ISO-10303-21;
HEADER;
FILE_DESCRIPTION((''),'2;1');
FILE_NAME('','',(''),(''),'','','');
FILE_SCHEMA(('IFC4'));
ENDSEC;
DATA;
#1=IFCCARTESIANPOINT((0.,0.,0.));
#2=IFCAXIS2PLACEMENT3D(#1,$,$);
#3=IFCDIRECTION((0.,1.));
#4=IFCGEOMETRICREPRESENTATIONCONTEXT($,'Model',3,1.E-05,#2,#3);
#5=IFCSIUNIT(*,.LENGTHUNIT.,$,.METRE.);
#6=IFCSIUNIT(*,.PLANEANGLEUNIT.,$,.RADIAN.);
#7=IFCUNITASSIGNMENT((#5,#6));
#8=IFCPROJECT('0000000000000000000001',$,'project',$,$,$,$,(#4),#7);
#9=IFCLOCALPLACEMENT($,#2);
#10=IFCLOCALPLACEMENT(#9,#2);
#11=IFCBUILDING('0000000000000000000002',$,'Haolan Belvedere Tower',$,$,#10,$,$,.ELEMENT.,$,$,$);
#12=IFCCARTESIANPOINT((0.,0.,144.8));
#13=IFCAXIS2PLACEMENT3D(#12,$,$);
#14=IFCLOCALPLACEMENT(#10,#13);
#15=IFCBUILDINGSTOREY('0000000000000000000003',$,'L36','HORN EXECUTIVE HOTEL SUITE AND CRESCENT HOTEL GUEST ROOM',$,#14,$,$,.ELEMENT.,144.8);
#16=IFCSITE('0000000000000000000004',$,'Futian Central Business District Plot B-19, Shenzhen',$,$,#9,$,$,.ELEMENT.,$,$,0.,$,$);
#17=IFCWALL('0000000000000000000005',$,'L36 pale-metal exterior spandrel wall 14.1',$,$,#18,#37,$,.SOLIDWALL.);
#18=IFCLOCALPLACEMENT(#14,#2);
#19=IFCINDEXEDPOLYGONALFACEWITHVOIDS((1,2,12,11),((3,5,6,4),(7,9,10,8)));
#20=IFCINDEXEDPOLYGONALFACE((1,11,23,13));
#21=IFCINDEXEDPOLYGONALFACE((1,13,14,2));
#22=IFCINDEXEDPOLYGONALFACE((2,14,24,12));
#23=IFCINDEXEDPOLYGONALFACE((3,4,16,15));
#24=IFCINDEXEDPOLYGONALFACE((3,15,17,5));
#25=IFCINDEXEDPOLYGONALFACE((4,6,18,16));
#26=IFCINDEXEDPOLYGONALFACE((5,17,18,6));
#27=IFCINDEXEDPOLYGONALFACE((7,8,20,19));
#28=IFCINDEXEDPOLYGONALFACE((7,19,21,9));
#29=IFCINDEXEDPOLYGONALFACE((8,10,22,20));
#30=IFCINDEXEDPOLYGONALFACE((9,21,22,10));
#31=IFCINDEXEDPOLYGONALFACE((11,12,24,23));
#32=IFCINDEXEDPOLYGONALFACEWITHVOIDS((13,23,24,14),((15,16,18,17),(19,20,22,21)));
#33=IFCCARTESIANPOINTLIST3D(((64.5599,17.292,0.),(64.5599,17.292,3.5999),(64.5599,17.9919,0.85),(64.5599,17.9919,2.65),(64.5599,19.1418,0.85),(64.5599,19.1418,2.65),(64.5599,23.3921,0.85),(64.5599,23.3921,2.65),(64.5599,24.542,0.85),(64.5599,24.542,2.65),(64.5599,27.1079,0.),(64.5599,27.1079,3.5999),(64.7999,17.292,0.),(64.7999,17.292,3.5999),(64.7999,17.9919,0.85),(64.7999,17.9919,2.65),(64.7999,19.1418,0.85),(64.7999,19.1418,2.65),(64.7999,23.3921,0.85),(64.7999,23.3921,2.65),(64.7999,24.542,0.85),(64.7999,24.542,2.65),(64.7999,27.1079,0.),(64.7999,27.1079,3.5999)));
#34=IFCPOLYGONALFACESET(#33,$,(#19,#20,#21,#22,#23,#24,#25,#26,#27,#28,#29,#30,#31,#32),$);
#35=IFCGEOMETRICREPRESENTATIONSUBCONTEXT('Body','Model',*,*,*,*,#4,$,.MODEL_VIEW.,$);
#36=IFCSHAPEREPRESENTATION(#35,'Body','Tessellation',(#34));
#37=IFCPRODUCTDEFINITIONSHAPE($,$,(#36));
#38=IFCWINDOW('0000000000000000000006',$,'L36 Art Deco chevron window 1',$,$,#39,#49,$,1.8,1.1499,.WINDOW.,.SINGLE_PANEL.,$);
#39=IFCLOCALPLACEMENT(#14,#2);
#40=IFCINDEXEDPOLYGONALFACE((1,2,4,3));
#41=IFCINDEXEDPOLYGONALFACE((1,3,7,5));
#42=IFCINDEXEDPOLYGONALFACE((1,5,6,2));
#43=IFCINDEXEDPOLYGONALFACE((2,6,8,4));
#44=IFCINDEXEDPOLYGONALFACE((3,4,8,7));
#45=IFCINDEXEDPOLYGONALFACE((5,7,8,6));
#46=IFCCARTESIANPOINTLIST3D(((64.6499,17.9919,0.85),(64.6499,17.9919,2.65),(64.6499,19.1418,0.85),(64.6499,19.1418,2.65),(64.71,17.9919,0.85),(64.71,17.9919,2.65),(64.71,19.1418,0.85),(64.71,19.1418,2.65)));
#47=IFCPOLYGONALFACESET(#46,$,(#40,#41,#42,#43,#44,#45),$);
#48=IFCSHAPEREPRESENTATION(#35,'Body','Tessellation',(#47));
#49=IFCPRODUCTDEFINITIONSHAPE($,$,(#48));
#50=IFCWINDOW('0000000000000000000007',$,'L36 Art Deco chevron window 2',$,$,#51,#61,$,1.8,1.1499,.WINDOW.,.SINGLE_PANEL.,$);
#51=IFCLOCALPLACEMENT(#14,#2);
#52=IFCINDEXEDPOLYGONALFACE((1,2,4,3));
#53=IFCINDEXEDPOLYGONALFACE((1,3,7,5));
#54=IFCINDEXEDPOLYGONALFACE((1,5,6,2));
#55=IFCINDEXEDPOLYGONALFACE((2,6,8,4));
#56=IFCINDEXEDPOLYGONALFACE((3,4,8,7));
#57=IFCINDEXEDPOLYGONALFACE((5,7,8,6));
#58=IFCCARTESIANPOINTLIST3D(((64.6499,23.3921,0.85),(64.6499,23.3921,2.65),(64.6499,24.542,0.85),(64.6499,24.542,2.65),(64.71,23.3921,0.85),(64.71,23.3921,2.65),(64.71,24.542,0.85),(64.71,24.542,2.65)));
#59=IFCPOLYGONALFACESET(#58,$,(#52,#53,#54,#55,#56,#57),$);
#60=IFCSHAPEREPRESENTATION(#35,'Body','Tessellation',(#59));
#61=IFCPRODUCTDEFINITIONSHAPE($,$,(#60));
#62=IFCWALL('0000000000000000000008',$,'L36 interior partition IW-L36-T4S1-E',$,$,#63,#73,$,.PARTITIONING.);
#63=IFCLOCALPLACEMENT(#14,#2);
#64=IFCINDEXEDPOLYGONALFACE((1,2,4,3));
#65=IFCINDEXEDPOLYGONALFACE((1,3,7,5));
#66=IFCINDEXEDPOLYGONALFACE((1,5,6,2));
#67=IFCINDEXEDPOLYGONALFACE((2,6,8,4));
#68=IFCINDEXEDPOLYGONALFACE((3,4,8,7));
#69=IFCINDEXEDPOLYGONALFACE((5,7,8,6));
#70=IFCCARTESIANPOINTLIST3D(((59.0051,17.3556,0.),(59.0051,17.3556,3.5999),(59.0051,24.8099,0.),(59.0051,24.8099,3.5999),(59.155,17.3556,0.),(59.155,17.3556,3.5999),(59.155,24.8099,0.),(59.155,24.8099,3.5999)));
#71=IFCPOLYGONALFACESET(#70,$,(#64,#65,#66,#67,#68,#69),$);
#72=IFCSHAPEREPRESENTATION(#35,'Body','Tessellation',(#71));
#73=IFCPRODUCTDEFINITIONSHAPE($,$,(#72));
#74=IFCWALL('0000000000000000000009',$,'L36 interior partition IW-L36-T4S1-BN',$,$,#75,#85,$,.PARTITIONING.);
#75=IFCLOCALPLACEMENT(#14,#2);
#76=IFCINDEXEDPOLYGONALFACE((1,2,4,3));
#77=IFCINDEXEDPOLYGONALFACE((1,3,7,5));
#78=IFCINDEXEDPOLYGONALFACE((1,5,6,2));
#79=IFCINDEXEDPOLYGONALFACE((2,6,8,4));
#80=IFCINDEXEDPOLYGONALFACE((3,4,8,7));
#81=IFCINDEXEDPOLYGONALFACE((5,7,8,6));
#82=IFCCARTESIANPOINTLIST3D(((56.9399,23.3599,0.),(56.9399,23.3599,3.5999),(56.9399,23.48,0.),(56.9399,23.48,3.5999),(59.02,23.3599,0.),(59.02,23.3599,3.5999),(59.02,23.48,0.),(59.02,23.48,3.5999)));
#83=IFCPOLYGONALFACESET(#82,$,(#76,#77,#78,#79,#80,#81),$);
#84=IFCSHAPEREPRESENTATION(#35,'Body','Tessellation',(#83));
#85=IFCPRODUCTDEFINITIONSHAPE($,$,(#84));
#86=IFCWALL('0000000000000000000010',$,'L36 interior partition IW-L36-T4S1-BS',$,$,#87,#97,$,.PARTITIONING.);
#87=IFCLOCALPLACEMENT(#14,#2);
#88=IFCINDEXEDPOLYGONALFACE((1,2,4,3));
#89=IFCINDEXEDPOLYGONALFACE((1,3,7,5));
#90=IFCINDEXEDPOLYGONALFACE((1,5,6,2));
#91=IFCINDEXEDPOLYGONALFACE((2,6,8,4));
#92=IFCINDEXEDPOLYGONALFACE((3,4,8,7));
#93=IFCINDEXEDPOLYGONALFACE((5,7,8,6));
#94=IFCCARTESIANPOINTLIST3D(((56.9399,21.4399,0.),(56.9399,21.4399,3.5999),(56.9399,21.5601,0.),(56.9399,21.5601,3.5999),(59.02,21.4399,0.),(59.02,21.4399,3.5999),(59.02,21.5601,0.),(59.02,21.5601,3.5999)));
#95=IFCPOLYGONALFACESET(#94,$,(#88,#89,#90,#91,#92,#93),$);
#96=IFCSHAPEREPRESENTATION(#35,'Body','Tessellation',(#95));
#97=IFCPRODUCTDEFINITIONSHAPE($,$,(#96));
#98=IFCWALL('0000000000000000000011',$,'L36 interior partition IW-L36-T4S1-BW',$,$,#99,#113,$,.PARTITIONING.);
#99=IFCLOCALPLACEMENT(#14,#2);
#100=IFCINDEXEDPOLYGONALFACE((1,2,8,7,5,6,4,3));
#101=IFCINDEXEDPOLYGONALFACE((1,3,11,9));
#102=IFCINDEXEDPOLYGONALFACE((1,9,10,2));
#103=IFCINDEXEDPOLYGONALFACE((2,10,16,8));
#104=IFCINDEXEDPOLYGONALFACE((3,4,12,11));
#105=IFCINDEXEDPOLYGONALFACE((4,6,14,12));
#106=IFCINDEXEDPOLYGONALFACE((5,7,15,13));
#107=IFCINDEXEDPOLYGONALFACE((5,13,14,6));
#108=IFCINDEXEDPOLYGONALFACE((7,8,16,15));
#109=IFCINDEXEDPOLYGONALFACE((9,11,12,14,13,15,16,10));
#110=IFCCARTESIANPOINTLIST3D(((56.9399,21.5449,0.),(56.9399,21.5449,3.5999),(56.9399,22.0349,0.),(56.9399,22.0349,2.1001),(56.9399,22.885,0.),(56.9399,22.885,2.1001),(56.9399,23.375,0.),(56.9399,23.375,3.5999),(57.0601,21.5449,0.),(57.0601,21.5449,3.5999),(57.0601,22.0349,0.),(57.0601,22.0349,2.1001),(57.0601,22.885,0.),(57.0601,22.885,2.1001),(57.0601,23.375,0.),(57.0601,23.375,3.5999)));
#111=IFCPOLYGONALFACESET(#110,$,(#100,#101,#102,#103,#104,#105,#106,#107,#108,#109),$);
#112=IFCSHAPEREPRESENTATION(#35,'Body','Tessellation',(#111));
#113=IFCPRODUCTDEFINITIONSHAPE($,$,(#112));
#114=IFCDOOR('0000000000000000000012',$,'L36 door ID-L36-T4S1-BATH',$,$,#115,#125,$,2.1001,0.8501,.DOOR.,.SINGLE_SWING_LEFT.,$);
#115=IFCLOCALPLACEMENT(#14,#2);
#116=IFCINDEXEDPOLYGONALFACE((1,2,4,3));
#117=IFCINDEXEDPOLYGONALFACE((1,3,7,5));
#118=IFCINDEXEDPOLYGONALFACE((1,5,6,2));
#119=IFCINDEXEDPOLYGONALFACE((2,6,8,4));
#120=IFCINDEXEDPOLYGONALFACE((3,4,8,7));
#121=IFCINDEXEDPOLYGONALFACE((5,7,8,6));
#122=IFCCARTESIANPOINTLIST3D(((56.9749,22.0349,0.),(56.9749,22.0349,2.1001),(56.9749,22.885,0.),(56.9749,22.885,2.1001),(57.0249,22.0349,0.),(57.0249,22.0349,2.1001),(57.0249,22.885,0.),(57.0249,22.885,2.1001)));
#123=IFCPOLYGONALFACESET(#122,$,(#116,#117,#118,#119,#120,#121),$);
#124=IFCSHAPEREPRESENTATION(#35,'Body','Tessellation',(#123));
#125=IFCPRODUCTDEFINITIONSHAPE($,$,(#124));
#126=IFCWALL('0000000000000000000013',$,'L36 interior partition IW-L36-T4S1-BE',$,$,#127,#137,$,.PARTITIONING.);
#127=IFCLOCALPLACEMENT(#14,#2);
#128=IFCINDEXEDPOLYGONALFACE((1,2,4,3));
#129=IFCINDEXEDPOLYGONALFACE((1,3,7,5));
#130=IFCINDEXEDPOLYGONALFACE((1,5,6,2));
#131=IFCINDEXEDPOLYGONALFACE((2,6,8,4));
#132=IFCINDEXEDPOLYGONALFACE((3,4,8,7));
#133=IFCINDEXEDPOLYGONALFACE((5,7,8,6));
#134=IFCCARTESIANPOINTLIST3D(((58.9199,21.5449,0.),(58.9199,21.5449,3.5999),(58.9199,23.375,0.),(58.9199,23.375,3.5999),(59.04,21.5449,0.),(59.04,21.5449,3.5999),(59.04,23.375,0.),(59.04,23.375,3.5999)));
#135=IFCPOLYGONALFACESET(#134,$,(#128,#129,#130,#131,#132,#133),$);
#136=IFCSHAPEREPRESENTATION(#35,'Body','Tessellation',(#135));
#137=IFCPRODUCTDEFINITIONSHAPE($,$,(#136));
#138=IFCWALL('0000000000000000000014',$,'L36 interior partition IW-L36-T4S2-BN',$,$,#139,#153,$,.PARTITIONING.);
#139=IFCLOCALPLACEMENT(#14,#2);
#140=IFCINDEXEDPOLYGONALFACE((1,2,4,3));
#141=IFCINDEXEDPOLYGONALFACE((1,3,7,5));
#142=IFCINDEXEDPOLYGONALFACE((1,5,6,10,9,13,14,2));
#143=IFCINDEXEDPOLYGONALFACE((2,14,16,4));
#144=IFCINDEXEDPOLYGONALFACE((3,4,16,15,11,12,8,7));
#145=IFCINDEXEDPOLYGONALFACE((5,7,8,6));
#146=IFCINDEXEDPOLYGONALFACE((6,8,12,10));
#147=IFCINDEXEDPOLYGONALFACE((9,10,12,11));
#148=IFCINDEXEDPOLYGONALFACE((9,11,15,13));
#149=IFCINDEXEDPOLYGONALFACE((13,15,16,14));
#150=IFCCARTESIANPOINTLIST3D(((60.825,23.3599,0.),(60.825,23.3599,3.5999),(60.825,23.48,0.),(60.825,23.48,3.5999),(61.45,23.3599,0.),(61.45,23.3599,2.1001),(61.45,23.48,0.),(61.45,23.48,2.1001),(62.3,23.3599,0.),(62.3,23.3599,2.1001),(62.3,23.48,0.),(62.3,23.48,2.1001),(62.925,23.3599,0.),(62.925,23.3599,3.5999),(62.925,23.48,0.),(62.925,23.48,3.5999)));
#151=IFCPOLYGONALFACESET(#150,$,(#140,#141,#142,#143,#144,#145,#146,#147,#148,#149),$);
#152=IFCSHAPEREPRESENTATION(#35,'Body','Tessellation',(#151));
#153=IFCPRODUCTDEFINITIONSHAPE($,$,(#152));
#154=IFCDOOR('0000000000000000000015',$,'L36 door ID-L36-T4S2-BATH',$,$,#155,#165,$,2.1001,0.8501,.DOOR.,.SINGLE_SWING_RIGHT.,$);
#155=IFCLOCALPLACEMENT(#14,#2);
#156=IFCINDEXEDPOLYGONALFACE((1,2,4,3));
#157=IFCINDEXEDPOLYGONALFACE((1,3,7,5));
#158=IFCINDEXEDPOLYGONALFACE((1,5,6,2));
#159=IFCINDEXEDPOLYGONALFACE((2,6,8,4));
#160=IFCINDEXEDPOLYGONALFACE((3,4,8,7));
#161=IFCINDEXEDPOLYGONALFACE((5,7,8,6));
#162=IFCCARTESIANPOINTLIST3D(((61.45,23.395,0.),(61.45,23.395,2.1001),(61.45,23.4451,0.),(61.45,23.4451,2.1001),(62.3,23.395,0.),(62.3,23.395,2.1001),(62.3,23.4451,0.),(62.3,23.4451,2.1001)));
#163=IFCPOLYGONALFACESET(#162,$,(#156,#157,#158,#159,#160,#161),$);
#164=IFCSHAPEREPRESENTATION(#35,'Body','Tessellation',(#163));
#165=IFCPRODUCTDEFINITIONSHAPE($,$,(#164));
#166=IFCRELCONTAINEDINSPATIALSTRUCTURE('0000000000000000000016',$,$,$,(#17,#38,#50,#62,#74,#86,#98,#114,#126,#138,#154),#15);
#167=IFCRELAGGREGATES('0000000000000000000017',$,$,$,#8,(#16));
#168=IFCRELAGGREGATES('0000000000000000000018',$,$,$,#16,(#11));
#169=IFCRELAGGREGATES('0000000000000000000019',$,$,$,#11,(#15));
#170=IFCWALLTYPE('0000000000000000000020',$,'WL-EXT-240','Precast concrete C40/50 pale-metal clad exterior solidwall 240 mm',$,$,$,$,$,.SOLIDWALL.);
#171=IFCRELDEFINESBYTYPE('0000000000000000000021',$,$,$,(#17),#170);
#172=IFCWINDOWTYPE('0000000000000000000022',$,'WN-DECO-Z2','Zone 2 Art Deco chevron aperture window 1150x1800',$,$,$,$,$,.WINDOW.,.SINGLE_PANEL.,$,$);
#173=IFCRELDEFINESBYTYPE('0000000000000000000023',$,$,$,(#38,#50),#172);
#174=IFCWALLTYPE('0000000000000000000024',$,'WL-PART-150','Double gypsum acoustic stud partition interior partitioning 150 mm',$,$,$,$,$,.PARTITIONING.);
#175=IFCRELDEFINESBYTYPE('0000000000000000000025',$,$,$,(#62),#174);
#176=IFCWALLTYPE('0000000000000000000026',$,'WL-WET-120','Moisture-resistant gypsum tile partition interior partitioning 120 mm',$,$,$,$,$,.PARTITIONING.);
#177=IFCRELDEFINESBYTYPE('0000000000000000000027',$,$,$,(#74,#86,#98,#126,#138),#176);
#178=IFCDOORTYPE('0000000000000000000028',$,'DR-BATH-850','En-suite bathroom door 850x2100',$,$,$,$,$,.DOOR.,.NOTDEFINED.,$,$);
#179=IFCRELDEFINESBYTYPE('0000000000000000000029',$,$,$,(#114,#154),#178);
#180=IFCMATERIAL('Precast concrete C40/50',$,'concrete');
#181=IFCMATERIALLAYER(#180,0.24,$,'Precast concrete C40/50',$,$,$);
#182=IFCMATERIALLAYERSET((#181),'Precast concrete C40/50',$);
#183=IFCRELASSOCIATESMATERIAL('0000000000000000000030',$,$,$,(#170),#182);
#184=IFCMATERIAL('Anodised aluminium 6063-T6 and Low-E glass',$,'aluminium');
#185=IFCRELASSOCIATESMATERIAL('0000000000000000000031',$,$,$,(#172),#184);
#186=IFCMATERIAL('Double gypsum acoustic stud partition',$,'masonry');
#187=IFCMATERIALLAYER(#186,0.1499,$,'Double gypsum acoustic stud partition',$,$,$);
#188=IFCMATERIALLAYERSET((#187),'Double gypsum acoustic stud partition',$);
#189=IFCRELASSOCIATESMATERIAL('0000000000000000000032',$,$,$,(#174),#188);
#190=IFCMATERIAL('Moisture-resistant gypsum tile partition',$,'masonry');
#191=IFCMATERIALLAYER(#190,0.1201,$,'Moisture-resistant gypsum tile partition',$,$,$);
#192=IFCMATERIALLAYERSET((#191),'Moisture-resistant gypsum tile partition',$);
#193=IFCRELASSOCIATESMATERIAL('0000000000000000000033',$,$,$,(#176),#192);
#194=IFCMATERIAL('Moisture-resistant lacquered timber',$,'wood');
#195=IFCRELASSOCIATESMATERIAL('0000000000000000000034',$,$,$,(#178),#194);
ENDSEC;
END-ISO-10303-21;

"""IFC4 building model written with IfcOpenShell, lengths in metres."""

from ifc_helpers import new_model, si_unit, direction, frame, frame_2d, origin, place, context, subcontext, project, spatial, rectangle, extrude, material, layer, layer_set, type_object, element, fill, save


model = new_model("IFC4")

# Units and contexts
model_context = context("Model", 3, precision=1e-05, world=origin(), true_north=direction((0.0, 1.0)))
body_context = subcontext(model_context, "Body", "Model", "MODEL_VIEW")
ifc_project = project(units=[si_unit("LENGTHUNIT", "METRE"), si_unit("PLANEANGLEUNIT", "RADIAN")], contexts=[model_context])

# Site, building, storey
site_placement = place(None, origin())
site = spatial("IfcSite", under=ifc_project, at=site_placement, Name="Futian Central Business District Plot B-19, Shenzhen", CompositionType="ELEMENT", RefElevation=0.0)
building_placement = place(site_placement, origin())
building = spatial("IfcBuilding", under=site, at=building_placement, Name="Haolan Belvedere Tower", CompositionType="ELEMENT")
storey_placement = place(building_placement, frame((0.0, 0.0, 144.8)))
storey = spatial("IfcBuildingStorey", under=building, at=storey_placement, Name="L36", Description="HORN EXECUTIVE HOTEL SUITE AND CRESCENT HOTEL GUEST ROOM", CompositionType="ELEMENT", Elevation=144.8)

# Shared definitions
ifc_material_1 = material(Name="Precast concrete C40/50", Category="concrete")
ifc_layer_1 = layer(ifc_material_1, 0.24, Name="Precast concrete C40/50")
ifc_layer_set_1 = layer_set([ifc_layer_1], Name="Precast concrete C40/50")
wall_type_1 = type_object("IfcWallType", Name="WL-EXT-240", Description="Precast concrete C40/50 pale-metal clad exterior solidwall 240 mm", PredefinedType="SOLIDWALL", material=ifc_layer_set_1)
ifc_material_2 = material(Name="Anodised aluminium 6063-T6 and Low-E glass", Category="aluminium")
window_type = type_object("IfcWindowType", Name="WN-DECO-Z2", Description="Zone 2 Art Deco chevron aperture window 1150x1800", PartitioningType="SINGLE_PANEL", PredefinedType="WINDOW", material=ifc_material_2)

# Wall, openings, windows
wall_1_placement = place(storey_placement, frame((64.6799, 17.292, 0.0), z_axis=(0.0, 0.0, 1.0), x_axis=(0.0, 1.0, 0.0)))
wall_1 = element("IfcWall", 1, at=wall_1_placement, inside=storey, type_object=wall_type_1, Name="L36 pale-metal exterior spandrel wall 14.1", PredefinedType="SOLIDWALL", context=body_context, shape_type="SweptSolid", body=[
    extrude(rectangle(XDim=9.8159, YDim=0.24, at=frame_2d((4.908, 0.0))), origin(), (0.0, 0.0, 1.0), 3.5999),
])
opening_1_placement = place(wall_1_placement, frame((0.7, 0.0, 0.8501)))
opening_1 = element("IfcOpeningElement", 2, at=opening_1_placement, cuts=wall_1, PredefinedType="OPENING", context=body_context, shape_type="SweptSolid", body=[
    extrude(rectangle(XDim=1.1499, YDim=1.8, at=frame_2d((0.575, 0.8999))), frame((0.0, 0.1299, 0.0), z_axis=(0.0, -1.0, 0.0), x_axis=(1.0, 0.0, 0.0)), (0.0, 0.0, 1.0), 0.26),
])
opening_2_placement = place(wall_1_placement, frame((6.1001, 0.0, 0.8501)))
opening_2 = element("IfcOpeningElement", 3, at=opening_2_placement, cuts=wall_1, PredefinedType="OPENING", context=body_context, shape_type="SweptSolid", body=[
    extrude(rectangle(XDim=1.1499, YDim=1.8, at=frame_2d((0.575, 0.8999))), frame((0.0, 0.1299, 0.0), z_axis=(0.0, -1.0, 0.0), x_axis=(1.0, 0.0, 0.0)), (0.0, 0.0, 1.0), 0.26),
])
window_1_placement = place(opening_1_placement, origin())
window_1 = element("IfcWindow", 4, at=window_1_placement, inside=storey, type_object=window_type, Name="L36 Art Deco chevron window 1", OverallHeight=1.8, OverallWidth=1.1499, PartitioningType="SINGLE_PANEL", PredefinedType="WINDOW", context=body_context, shape_type="SweptSolid", body=[
    extrude(rectangle(XDim=1.1499, YDim=1.8, at=frame_2d((0.575, 0.8999))), frame((0.0, 0.03, 0.0), z_axis=(0.0, -1.0, 0.0), x_axis=(1.0, 0.0, 0.0)), (0.0, 0.0, 1.0), 0.0601),
])
fill(opening_1, window_1)
window_2_placement = place(opening_2_placement, origin())
window_2 = element("IfcWindow", 5, at=window_2_placement, inside=storey, type_object=window_type, Name="L36 Art Deco chevron window 2", OverallHeight=1.8, OverallWidth=1.1499, PartitioningType="SINGLE_PANEL", PredefinedType="WINDOW", context=body_context, shape_type="SweptSolid", body=[
    extrude(rectangle(XDim=1.1499, YDim=1.8, at=frame_2d((0.575, 0.8999))), frame((0.0, 0.03, 0.0), z_axis=(0.0, -1.0, 0.0), x_axis=(1.0, 0.0, 0.0)), (0.0, 0.0, 1.0), 0.0601),
])
fill(opening_2, window_2)

# Walls
ifc_material_3 = material(Name="Double gypsum acoustic stud partition", Category="masonry")
ifc_layer_2 = layer(ifc_material_3, 0.1499, Name="Double gypsum acoustic stud partition")
ifc_layer_set_2 = layer_set([ifc_layer_2], Name="Double gypsum acoustic stud partition")
wall_type_2 = type_object("IfcWallType", Name="WL-PART-150", Description="Double gypsum acoustic stud partition interior partitioning 150 mm", PredefinedType="PARTITIONING", material=ifc_layer_set_2)
wall_2_placement = place(storey_placement, frame((59.0801, 17.3557, 0.0), z_axis=(0.0, 0.0, 1.0), x_axis=(0.0, 1.0, 0.0)))
element("IfcWall", 6, at=wall_2_placement, inside=storey, type_object=wall_type_2, Name="L36 interior partition IW-L36-T4S1-E", PredefinedType="PARTITIONING", context=body_context, shape_type="SweptSolid", body=[
    extrude(rectangle(XDim=7.4543, YDim=0.1499, at=frame_2d((3.7271, 0.0))), origin(), (0.0, 0.0, 1.0), 3.5999),
])
ifc_material_4 = material(Name="Moisture-resistant gypsum tile partition", Category="masonry")
ifc_layer_3 = layer(ifc_material_4, 0.1201, Name="Moisture-resistant gypsum tile partition")
ifc_layer_set_3 = layer_set([ifc_layer_3], Name="Moisture-resistant gypsum tile partition")
wall_type_3 = type_object("IfcWallType", Name="WL-WET-120", Description="Moisture-resistant gypsum tile partition interior partitioning 120 mm", PredefinedType="PARTITIONING", material=ifc_layer_set_3)
for number, where, z_axis, x_axis, name in (
    (7, (56.9399, 23.4199, 0.0), (0.0, 0.0, 1.0), (1.0, 0.0, 0.0), "L36 interior partition IW-L36-T4S1-BN"),
    (8, (56.9399, 21.5, 0.0), (0.0, 0.0, 1.0), (1.0, 0.0, 0.0), "L36 interior partition IW-L36-T4S1-BS"),
):
    element("IfcWall", number, at=place(storey_placement, frame(where, z_axis=z_axis, x_axis=x_axis)), inside=storey, type_object=wall_type_3, Name=name, PredefinedType="PARTITIONING", context=body_context, shape_type="SweptSolid", body=[
        extrude(rectangle(XDim=2.0801, YDim=0.1201, at=frame_2d((1.04, 0.0))), origin(), (0.0, 0.0, 1.0), 3.5999),
    ])

# Wall, opening, door
wall_3_placement = place(storey_placement, frame((57.0, 21.5449, 0.0), z_axis=(0.0, 0.0, 1.0), x_axis=(0.0, 1.0, 0.0)))
wall_3 = element("IfcWall", 9, at=wall_3_placement, inside=storey, type_object=wall_type_3, Name="L36 interior partition IW-L36-T4S1-BW", PredefinedType="PARTITIONING", context=body_context, shape_type="SweptSolid", body=[
    extrude(rectangle(XDim=1.8301, YDim=0.1201, at=frame_2d((0.915, 0.0))), origin(), (0.0, 0.0, 1.0), 3.5999),
])
opening_3_placement = place(wall_3_placement, frame((1.3401, 0.0, 0.0), z_axis=(0.0, 0.0, 1.0), x_axis=(-1.0, 0.0, 0.0)))
opening_3 = element("IfcOpeningElement", 10, at=opening_3_placement, cuts=wall_3, PredefinedType="OPENING", context=body_context, shape_type="SweptSolid", body=[
    extrude(rectangle(XDim=0.8501, YDim=2.1001, at=frame_2d((0.425, 1.05))), frame((0.0, 0.0701, 0.0), z_axis=(0.0, -1.0, 0.0), x_axis=(1.0, 0.0, 0.0)), (0.0, 0.0, 1.0), 0.1401),
])
ifc_material_5 = material(Name="Moisture-resistant lacquered timber", Category="wood")
door_type = type_object("IfcDoorType", Name="DR-BATH-850", Description="En-suite bathroom door 850x2100", OperationType="NOTDEFINED", PredefinedType="DOOR", material=ifc_material_5)
door_1_placement = place(opening_3_placement, origin())
door_1 = element("IfcDoor", 11, at=door_1_placement, inside=storey, type_object=door_type, Name="L36 door ID-L36-T4S1-BATH", OperationType="SINGLE_SWING_LEFT", OverallHeight=2.1001, OverallWidth=0.8501, PredefinedType="DOOR", context=body_context, shape_type="SweptSolid", body=[
    extrude(rectangle(XDim=0.8501, YDim=2.1001, at=frame_2d((0.425, 1.05))), frame((0.0, 0.0249, 0.0), z_axis=(0.0, -1.0, 0.0), x_axis=(1.0, 0.0, 0.0)), (0.0, 0.0, 1.0), 0.05),
])
fill(opening_3, door_1)

# Wall
wall_4_placement = place(storey_placement, frame((58.98, 21.5449, 0.0), z_axis=(0.0, 0.0, 1.0), x_axis=(0.0, 1.0, 0.0)))
element("IfcWall", 12, at=wall_4_placement, inside=storey, type_object=wall_type_3, Name="L36 interior partition IW-L36-T4S1-BE", PredefinedType="PARTITIONING", context=body_context, shape_type="SweptSolid", body=[
    extrude(rectangle(XDim=1.8301, YDim=0.1201, at=frame_2d((0.915, 0.0))), origin(), (0.0, 0.0, 1.0), 3.5999),
])

# Wall, opening, door
wall_5_placement = place(storey_placement, frame((60.825, 23.4199, 0.0), z_axis=(0.0, 0.0, 1.0), x_axis=(1.0, 0.0, 0.0)))
wall_5 = element("IfcWall", 13, at=wall_5_placement, inside=storey, type_object=wall_type_3, Name="L36 interior partition IW-L36-T4S2-BN", PredefinedType="PARTITIONING", context=body_context, shape_type="SweptSolid", body=[
    extrude(rectangle(XDim=2.1001, YDim=0.1201, at=frame_2d((1.05, 0.0))), origin(), (0.0, 0.0, 1.0), 3.5999),
])
opening_4_placement = place(wall_5_placement, frame((1.4751, 0.0, 0.0), z_axis=(0.0, 0.0, 1.0), x_axis=(-1.0, 0.0, 0.0)))
opening_4 = element("IfcOpeningElement", 14, at=opening_4_placement, cuts=wall_5, PredefinedType="OPENING", context=body_context, shape_type="SweptSolid", body=[
    extrude(rectangle(XDim=0.8501, YDim=2.1001, at=frame_2d((0.425, 1.05))), frame((0.0, 0.0701, 0.0), z_axis=(0.0, -1.0, 0.0), x_axis=(1.0, 0.0, 0.0)), (0.0, 0.0, 1.0), 0.1401),
])
door_2_placement = place(opening_4_placement, origin())
door_2 = element("IfcDoor", 15, at=door_2_placement, inside=storey, type_object=door_type, Name="L36 door ID-L36-T4S2-BATH", OperationType="SINGLE_SWING_RIGHT", OverallHeight=2.1001, OverallWidth=0.8501, PredefinedType="DOOR", context=body_context, shape_type="SweptSolid", body=[
    extrude(rectangle(XDim=0.8501, YDim=2.1001, at=frame_2d((0.425, 1.05))), frame((0.0, 0.0249, 0.0), z_axis=(0.0, -1.0, 0.0), x_axis=(1.0, 0.0, 0.0)), (0.0, 0.0, 1.0), 0.05),
])
fill(opening_4, door_2)

save(model, "model.ifc")
